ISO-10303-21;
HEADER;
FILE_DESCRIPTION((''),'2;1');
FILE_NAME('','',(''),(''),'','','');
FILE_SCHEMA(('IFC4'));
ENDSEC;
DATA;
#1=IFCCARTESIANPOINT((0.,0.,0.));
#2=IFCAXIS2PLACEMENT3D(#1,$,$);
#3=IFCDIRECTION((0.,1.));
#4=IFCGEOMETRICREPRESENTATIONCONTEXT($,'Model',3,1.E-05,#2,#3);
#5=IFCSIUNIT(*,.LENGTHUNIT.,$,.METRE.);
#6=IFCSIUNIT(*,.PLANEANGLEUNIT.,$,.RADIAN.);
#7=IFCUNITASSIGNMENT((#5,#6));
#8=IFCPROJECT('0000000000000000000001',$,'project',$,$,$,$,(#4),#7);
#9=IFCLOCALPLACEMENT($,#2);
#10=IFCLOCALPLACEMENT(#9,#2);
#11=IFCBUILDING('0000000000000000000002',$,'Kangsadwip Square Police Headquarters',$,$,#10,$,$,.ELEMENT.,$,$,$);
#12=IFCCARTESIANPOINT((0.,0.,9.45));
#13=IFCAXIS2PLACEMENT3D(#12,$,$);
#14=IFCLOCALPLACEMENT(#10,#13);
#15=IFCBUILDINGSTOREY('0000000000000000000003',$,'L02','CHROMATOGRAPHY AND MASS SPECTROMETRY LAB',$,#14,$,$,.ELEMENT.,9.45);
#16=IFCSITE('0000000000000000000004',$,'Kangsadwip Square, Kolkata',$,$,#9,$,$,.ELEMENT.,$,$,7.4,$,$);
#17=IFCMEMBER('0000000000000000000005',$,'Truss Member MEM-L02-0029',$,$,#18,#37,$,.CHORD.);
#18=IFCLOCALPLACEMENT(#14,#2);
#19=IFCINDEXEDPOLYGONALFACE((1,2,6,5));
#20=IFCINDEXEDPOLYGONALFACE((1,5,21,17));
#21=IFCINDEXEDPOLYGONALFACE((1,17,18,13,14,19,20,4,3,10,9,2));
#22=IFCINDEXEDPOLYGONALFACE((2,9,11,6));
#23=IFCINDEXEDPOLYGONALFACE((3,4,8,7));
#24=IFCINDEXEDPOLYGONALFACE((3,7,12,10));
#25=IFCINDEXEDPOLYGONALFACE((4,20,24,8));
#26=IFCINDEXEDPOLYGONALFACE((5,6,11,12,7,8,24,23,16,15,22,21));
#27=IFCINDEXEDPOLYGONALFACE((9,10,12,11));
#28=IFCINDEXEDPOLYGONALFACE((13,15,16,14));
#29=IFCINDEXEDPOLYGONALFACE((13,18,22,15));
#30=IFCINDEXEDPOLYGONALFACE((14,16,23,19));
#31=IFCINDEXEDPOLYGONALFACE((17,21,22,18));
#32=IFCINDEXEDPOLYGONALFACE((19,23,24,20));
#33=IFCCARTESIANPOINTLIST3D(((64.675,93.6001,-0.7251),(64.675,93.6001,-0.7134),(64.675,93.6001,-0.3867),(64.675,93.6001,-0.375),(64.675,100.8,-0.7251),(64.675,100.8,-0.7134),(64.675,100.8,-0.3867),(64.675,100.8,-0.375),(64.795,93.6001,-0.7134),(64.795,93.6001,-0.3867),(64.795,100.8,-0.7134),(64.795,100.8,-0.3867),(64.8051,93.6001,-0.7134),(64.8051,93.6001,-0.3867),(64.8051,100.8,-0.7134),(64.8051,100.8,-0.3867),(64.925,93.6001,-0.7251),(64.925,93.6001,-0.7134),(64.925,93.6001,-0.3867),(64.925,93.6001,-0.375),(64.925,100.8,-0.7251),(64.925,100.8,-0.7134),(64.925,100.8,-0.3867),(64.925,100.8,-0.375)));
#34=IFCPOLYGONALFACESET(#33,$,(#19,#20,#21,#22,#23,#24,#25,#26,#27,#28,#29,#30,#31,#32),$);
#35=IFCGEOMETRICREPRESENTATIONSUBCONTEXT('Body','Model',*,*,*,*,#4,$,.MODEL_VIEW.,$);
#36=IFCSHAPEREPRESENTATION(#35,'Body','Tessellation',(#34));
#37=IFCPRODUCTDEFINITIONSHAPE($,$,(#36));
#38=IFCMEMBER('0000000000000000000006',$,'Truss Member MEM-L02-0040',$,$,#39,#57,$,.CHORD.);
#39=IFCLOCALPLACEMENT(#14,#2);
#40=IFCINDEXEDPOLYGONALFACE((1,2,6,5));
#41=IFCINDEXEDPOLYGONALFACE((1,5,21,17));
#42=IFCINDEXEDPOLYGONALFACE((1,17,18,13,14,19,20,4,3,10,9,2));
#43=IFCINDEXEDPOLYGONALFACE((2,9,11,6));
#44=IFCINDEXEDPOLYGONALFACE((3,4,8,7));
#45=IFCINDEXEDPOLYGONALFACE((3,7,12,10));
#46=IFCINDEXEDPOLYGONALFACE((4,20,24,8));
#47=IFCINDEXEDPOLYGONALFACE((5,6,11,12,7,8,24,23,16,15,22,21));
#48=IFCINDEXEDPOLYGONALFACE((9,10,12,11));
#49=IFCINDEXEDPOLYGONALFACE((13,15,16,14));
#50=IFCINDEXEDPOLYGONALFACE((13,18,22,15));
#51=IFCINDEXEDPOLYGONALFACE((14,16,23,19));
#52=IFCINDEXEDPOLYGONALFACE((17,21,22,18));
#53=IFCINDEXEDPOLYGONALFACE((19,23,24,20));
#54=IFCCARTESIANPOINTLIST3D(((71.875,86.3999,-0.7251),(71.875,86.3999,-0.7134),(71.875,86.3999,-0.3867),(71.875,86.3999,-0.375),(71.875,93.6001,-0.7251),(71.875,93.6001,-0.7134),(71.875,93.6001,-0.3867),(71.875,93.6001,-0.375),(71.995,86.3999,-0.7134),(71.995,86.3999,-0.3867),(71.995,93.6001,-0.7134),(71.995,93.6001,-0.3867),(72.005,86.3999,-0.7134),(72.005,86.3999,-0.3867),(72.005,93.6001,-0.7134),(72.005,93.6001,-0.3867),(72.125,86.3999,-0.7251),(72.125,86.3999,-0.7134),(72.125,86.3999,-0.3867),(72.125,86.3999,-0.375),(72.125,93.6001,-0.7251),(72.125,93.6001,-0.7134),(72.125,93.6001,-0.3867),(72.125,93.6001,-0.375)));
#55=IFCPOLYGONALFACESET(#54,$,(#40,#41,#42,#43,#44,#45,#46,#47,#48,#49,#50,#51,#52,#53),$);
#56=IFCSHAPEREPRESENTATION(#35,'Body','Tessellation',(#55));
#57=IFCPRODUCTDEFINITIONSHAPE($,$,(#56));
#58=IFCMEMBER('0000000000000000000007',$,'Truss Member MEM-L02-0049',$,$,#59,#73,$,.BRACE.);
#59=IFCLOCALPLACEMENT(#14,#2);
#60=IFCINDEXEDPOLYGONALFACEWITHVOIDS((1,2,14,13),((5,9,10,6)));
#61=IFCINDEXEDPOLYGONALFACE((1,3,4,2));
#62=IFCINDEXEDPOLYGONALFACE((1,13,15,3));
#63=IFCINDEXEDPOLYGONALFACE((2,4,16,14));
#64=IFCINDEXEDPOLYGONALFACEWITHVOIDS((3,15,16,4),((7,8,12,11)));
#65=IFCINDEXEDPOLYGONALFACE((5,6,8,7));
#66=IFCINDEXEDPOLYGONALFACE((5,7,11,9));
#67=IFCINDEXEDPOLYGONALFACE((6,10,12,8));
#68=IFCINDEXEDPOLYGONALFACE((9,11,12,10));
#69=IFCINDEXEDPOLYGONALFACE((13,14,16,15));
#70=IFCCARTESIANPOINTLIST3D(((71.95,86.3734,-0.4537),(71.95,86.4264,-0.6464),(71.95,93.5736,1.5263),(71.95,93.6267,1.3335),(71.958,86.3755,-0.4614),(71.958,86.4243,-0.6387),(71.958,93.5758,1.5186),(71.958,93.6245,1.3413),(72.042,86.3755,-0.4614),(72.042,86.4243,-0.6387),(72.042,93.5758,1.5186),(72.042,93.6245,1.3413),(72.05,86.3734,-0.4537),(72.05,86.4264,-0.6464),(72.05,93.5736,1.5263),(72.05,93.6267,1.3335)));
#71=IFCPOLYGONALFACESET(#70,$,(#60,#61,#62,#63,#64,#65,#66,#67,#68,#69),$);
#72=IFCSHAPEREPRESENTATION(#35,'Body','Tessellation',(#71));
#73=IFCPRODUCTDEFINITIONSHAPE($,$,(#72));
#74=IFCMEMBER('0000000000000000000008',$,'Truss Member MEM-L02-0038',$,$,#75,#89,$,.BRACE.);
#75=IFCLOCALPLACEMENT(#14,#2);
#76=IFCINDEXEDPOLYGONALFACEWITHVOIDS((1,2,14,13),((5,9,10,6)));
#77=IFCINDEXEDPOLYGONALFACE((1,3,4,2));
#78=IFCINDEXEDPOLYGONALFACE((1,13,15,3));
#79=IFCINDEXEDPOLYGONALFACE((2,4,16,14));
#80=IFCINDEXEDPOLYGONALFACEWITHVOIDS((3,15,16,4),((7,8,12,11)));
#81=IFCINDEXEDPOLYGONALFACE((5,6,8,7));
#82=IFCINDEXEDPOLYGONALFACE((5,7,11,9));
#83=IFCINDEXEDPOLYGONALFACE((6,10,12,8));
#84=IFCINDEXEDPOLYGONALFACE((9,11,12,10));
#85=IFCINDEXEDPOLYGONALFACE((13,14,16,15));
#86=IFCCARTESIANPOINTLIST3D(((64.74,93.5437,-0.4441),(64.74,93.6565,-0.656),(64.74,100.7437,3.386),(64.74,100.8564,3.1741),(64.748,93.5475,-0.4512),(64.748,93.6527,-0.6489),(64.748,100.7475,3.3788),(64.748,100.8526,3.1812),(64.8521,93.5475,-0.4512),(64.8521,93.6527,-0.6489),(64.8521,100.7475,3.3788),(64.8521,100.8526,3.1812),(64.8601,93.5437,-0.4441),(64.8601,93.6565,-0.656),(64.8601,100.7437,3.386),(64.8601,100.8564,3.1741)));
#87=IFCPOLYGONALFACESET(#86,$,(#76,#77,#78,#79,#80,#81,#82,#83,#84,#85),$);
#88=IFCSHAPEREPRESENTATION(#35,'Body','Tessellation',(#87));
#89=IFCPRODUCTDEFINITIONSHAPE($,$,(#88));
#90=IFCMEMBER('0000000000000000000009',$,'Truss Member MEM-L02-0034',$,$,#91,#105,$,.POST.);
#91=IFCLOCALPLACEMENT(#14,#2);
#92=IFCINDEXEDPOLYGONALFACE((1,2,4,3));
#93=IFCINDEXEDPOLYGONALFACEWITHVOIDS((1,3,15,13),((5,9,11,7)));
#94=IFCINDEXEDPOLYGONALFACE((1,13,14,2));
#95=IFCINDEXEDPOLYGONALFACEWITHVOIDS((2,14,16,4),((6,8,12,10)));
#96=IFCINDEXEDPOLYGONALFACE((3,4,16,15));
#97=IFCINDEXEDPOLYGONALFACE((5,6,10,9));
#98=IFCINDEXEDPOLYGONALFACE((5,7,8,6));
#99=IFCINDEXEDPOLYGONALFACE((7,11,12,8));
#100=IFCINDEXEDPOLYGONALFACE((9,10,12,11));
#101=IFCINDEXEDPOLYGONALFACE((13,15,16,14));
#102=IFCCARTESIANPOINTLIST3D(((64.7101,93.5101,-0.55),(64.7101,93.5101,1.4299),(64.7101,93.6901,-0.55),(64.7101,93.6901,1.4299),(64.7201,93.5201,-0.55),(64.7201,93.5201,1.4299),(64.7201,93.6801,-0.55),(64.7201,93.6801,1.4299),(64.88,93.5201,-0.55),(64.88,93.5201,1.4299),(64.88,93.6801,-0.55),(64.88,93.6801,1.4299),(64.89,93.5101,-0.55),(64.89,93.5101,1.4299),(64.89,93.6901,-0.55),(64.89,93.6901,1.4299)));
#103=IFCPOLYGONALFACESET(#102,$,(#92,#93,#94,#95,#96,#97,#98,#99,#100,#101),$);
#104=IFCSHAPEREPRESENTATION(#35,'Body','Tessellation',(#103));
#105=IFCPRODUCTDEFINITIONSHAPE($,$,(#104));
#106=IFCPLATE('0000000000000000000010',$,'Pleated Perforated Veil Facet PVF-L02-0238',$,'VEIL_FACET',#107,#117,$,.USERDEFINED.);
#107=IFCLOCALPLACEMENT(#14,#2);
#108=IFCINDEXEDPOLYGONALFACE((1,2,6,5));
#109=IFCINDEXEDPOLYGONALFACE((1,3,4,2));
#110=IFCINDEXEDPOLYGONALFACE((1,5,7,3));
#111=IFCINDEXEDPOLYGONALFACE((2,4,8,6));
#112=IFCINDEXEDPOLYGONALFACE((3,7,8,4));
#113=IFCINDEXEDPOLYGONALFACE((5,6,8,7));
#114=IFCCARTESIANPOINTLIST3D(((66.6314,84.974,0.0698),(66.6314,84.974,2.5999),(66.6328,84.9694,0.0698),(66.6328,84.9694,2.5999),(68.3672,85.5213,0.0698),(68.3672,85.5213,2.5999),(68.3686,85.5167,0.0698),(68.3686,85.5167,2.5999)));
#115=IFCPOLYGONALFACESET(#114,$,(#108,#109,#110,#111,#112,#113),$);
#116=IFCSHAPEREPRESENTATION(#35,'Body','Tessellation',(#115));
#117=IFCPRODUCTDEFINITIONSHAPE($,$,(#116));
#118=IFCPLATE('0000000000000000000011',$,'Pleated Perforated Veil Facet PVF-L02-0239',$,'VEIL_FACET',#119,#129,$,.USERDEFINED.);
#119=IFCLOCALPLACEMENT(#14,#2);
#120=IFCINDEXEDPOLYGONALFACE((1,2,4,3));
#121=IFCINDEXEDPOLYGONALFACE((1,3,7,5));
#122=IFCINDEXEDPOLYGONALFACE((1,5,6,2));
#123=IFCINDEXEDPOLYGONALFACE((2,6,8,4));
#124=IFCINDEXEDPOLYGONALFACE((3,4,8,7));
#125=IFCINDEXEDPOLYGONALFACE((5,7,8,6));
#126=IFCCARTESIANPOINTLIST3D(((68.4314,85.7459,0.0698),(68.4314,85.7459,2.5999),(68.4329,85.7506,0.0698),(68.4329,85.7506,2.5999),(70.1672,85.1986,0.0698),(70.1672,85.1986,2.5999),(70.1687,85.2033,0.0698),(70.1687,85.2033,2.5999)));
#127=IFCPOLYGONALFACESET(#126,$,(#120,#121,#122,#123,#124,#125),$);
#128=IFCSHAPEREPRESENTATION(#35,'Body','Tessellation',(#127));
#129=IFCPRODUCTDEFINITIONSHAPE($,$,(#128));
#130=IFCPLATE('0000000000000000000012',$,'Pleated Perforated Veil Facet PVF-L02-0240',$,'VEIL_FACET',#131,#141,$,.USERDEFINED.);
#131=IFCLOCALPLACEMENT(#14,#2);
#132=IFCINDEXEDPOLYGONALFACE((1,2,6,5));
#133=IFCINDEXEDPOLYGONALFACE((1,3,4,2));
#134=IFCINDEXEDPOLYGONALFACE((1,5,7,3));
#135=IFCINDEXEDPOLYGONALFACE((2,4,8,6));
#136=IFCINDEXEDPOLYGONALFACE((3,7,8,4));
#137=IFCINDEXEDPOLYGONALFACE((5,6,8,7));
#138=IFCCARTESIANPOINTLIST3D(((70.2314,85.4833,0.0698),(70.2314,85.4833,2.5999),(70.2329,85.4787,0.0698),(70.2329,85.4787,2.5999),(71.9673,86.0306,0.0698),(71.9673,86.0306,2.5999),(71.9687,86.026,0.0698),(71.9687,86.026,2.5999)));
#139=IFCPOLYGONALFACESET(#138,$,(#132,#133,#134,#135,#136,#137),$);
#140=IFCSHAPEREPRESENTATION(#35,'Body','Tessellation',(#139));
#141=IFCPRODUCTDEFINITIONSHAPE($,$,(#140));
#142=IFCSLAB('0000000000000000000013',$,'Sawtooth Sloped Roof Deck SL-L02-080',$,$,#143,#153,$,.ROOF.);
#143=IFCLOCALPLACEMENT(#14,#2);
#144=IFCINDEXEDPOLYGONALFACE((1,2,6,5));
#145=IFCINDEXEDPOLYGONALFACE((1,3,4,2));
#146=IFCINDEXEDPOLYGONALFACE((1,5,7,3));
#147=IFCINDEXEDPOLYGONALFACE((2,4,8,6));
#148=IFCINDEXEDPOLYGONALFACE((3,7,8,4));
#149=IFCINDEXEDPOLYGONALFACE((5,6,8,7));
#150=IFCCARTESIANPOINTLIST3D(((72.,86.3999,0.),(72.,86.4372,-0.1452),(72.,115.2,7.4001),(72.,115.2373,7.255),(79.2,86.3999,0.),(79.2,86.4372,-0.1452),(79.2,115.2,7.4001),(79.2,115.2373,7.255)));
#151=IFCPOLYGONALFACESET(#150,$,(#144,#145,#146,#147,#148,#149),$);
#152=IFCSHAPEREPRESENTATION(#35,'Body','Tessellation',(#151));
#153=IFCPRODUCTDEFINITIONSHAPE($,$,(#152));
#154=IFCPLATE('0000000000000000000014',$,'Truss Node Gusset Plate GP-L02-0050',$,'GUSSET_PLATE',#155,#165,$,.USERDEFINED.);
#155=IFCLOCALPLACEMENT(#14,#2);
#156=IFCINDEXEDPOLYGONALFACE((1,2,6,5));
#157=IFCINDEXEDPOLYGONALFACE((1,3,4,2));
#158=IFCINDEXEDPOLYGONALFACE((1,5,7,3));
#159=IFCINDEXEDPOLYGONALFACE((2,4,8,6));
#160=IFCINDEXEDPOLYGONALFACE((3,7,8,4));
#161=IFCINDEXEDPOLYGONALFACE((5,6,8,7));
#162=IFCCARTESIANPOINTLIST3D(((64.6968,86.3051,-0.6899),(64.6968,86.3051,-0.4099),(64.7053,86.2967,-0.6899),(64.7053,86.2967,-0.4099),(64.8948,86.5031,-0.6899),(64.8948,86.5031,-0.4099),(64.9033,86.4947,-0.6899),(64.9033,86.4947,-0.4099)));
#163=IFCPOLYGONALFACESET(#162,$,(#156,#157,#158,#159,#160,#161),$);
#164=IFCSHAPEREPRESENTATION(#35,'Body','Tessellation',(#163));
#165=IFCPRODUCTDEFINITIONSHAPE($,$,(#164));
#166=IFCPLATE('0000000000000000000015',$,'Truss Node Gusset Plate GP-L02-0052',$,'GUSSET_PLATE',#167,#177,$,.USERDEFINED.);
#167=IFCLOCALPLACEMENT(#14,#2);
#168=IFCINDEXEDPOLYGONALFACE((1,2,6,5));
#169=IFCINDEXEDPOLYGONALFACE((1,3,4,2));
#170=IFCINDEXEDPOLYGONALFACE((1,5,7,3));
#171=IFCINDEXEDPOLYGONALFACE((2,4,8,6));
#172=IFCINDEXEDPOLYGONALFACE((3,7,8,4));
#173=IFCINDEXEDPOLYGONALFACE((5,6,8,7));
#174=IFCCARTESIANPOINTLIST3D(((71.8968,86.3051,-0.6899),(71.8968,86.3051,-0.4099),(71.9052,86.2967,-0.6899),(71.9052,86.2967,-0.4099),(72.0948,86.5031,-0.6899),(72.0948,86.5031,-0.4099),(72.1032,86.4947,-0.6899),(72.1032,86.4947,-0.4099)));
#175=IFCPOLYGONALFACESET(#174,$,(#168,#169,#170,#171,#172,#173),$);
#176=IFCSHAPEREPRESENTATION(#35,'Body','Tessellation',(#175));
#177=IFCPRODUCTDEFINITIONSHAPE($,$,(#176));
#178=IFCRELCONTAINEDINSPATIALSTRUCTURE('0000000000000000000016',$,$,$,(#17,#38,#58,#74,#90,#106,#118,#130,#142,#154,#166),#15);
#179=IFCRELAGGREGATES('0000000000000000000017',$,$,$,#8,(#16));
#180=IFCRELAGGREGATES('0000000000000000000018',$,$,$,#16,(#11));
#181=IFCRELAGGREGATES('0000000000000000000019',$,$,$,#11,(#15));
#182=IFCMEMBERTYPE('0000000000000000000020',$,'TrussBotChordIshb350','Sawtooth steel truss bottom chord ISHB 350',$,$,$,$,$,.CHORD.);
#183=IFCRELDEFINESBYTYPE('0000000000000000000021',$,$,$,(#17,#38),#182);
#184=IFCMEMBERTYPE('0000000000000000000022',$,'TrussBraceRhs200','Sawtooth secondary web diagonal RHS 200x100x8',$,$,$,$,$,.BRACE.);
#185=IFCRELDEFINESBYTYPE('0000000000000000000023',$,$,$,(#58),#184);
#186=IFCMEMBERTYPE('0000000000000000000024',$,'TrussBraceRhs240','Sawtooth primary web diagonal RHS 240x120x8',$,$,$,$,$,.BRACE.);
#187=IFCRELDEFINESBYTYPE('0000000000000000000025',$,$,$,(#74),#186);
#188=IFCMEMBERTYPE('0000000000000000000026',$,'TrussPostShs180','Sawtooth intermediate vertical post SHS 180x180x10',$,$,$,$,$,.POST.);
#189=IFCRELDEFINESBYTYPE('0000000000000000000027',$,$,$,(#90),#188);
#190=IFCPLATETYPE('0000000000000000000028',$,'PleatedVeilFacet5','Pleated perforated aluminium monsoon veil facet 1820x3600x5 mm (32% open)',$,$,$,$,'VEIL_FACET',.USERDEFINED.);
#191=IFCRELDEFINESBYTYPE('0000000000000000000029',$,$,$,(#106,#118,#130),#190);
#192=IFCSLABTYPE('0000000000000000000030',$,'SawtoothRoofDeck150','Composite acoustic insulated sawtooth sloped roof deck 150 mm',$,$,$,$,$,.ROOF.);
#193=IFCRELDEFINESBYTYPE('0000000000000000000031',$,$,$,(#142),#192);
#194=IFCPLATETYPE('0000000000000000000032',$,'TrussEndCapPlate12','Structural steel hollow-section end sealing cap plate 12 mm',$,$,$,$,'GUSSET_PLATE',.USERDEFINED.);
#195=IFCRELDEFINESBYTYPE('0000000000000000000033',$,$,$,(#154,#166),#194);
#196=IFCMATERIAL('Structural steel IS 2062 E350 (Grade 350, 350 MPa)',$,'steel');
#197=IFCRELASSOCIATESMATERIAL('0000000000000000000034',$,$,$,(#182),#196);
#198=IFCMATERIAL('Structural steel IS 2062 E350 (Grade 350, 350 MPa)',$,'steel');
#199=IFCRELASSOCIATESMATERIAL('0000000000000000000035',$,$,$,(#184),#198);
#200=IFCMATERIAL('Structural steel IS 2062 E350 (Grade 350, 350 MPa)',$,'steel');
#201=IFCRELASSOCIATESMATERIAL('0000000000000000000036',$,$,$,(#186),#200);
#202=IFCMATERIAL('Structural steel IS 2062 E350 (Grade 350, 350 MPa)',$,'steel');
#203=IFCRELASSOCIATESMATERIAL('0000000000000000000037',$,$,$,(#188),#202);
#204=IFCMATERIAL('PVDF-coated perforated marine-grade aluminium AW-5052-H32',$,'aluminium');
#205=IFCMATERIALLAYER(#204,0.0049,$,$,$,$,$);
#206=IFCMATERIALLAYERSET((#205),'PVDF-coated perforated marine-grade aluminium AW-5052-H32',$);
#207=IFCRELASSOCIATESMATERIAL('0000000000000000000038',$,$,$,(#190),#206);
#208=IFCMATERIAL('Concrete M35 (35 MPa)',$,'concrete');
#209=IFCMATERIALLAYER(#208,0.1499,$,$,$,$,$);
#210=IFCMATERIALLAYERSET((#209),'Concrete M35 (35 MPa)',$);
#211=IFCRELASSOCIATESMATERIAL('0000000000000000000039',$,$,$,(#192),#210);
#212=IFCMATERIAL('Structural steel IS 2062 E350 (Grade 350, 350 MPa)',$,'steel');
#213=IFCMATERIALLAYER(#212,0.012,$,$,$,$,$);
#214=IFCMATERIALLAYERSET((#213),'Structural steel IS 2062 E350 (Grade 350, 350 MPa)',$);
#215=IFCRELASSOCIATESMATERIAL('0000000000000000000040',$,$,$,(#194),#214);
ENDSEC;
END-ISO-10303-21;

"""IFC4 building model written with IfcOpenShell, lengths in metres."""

from ifc_helpers import new_model, si_unit, direction, frame, origin, origin_2d, place, context, subcontext, project, spatial, polyline, rectangle, hollow_rectangle, i_section, outline, extrude, material, layer, layer_set, material_profile, profile_set, type_object, element, save


model = new_model("IFC4")

# Units and contexts
model_context = context("Model", 3, precision=1e-05, world=origin(), true_north=direction((0.0, 1.0)))
body_context = subcontext(model_context, "Body", "Model", "MODEL_VIEW")
ifc_project = project(units=[si_unit("LENGTHUNIT", "METRE"), si_unit("PLANEANGLEUNIT", "RADIAN")], contexts=[model_context])

# Site, building, storey
site_placement = place(None, origin())
site = spatial("IfcSite", under=ifc_project, at=site_placement, Name="Kangsadwip Square, Kolkata", CompositionType="ELEMENT", RefElevation=7.4)
building_placement = place(site_placement, origin())
building = spatial("IfcBuilding", under=site, at=building_placement, Name="Kangsadwip Square Police Headquarters", CompositionType="ELEMENT")
storey_placement = place(building_placement, frame((0.0, 0.0, 9.45)))
storey = spatial("IfcBuildingStorey", under=building, at=storey_placement, Name="L02", Description="CHROMATOGRAPHY AND MASS SPECTROMETRY LAB", CompositionType="ELEMENT", Elevation=9.45)

# Members
ifc_material_1 = material(Name="Structural steel IS 2062 E350 (Grade 350, 350 MPa)", Category="steel")
ifc_material_profile_1 = material_profile(ifc_material_1, i_section(OverallWidth=0.25, OverallDepth=0.3501, WebThickness=0.01, FlangeThickness=0.0117, at=origin_2d()), Name="ISHB 350")
ifc_profile_set_1 = profile_set([ifc_material_profile_1], Name="Structural steel IS 2062 E350 (Grade 350, 350 MPa)")
member_type_1 = type_object("IfcMemberType", Name="TrussBotChordIshb350", Description="Sawtooth steel truss bottom chord ISHB 350", PredefinedType="CHORD", material=ifc_profile_set_1)
member_1_placement = place(storey_placement, frame((64.8, 93.6001, -0.55), z_axis=(0.0, 1.0, 0.0), x_axis=(-1.0, 0.0, 0.0)))
element("IfcMember", 1, at=member_1_placement, inside=storey, type_object=member_type_1, Name="Truss Member MEM-L02-0029", PredefinedType="CHORD", context=body_context, shape_type="SweptSolid", body=[
    extrude(i_section(OverallWidth=0.25, OverallDepth=0.3501, WebThickness=0.01, FlangeThickness=0.0117, at=origin_2d()), origin(), (0.0, 0.0, 1.0), 7.2),
])
member_2_placement = place(storey_placement, frame((72.0, 86.3999, -0.55), z_axis=(0.0, 1.0, 0.0), x_axis=(-1.0, 0.0, 0.0)))
element("IfcMember", 2, at=member_2_placement, inside=storey, type_object=member_type_1, Name="Truss Member MEM-L02-0040", PredefinedType="CHORD", context=body_context, shape_type="SweptSolid", body=[
    extrude(i_section(OverallWidth=0.25, OverallDepth=0.3501, WebThickness=0.01, FlangeThickness=0.0117, at=origin_2d()), origin(), (0.0, 0.0, 1.0), 7.2002),
])
ifc_material_2 = material(Name="Structural steel IS 2062 E350 (Grade 350, 350 MPa)", Category="steel")
ifc_material_profile_2 = material_profile(ifc_material_2, hollow_rectangle(XDim=0.1001, YDim=0.2, WallThickness=0.0081, at=origin_2d()), Name="RHS 200X100X8")
ifc_profile_set_2 = profile_set([ifc_material_profile_2], Name="Structural steel IS 2062 E350 (Grade 350, 350 MPa)")
member_type_2 = type_object("IfcMemberType", Name="TrussBraceRhs200", Description="Sawtooth secondary web diagonal RHS 200x100x8", PredefinedType="BRACE", material=ifc_profile_set_2)
member_3_placement = place(storey_placement, frame((72.0, 86.3999, -0.55), z_axis=(0.0, 0.964208, 0.265147), x_axis=(-1.0, 0.0, 0.0)))
element("IfcMember", 3, at=member_3_placement, inside=storey, type_object=member_type_2, Name="Truss Member MEM-L02-0049", PredefinedType="BRACE", context=body_context, shape_type="SweptSolid", body=[
    extrude(hollow_rectangle(XDim=0.1001, YDim=0.2, WallThickness=0.0081, at=origin_2d()), origin(), (0.0, 0.0, 1.0), 7.4675),
])
ifc_material_3 = material(Name="Structural steel IS 2062 E350 (Grade 350, 350 MPa)", Category="steel")
ifc_material_profile_3 = material_profile(ifc_material_3, hollow_rectangle(XDim=0.1201, YDim=0.24, WallThickness=0.0081, at=origin_2d()), Name="RHS 240X120X8")
ifc_profile_set_3 = profile_set([ifc_material_profile_3], Name="Structural steel IS 2062 E350 (Grade 350, 350 MPa)")
member_type_3 = type_object("IfcMemberType", Name="TrussBraceRhs240", Description="Sawtooth primary web diagonal RHS 240x120x8", PredefinedType="BRACE", material=ifc_profile_set_3)
member_4_placement = place(storey_placement, frame((64.8, 93.6001, -0.55), z_axis=(0.0, 0.882856, 0.469643), x_axis=(-1.0, 0.0, 0.0)))
element("IfcMember", 4, at=member_4_placement, inside=storey, type_object=member_type_3, Name="Truss Member MEM-L02-0038", PredefinedType="BRACE", context=body_context, shape_type="SweptSolid", body=[
    extrude(hollow_rectangle(XDim=0.1201, YDim=0.24, WallThickness=0.0081, at=origin_2d()), origin(), (0.0, 0.0, 1.0), 8.1553),
])
ifc_material_4 = material(Name="Structural steel IS 2062 E350 (Grade 350, 350 MPa)", Category="steel")
ifc_material_profile_4 = material_profile(ifc_material_4, hollow_rectangle(XDim=0.1799, YDim=0.1799, WallThickness=0.01, at=origin_2d()), Name="SHS 180X180X10")
ifc_profile_set_4 = profile_set([ifc_material_profile_4], Name="Structural steel IS 2062 E350 (Grade 350, 350 MPa)")
member_type_4 = type_object("IfcMemberType", Name="TrussPostShs180", Description="Sawtooth intermediate vertical post SHS 180x180x10", PredefinedType="POST", material=ifc_profile_set_4)
member_5_placement = place(storey_placement, frame((64.8, 93.6001, -0.55), z_axis=(0.0, 0.0, 1.0), x_axis=(1.0, 0.0, 0.0)))
element("IfcMember", 5, at=member_5_placement, inside=storey, type_object=member_type_4, Name="Truss Member MEM-L02-0034", PredefinedType="POST", context=body_context, shape_type="SweptSolid", body=[
    extrude(hollow_rectangle(XDim=0.1799, YDim=0.1799, WallThickness=0.01, at=origin_2d()), origin(), (0.0, 0.0, 1.0), 1.98),
])

# Plates
ifc_material_5 = material(Name="PVDF-coated perforated marine-grade aluminium AW-5052-H32", Category="aluminium")
ifc_layer_1 = layer(ifc_material_5, 0.0049)
ifc_layer_set_1 = layer_set([ifc_layer_1], Name="PVDF-coated perforated marine-grade aluminium AW-5052-H32")
plate_type_1 = type_object("IfcPlateType", Name="PleatedVeilFacet5", Description="Pleated perforated aluminium monsoon veil facet 1820x3600x5 mm (32% open)", ElementType="VEIL_FACET", PredefinedType="USERDEFINED", material=ifc_layer_set_1)
for number, where, z_axis, x_axis, name in (
    (6, (67.5, 85.2454, 0.0698), (0.0, 0.0, 1.0), (0.953717, 0.300706, 0.0), "Pleated Perforated Veil Facet PVF-L02-0238"),
    (7, (69.3, 85.4746, 0.0698), (0.0, 0.0, 1.0), (0.953717, -0.300706, 0.0), "Pleated Perforated Veil Facet PVF-L02-0239"),
    (8, (71.1001, 85.7546, 0.0698), (0.0, 0.0, 1.0), (0.953717, 0.300706, 0.0), "Pleated Perforated Veil Facet PVF-L02-0240"),
):
    element("IfcPlate", number, at=place(storey_placement, frame(where, z_axis=z_axis, x_axis=x_axis)), inside=storey, type_object=plate_type_1, Name=name, ObjectType="VEIL_FACET", PredefinedType="USERDEFINED", context=body_context, shape_type="SweptSolid", body=[
        extrude(rectangle(XDim=1.8201, YDim=0.0049, at=origin_2d()), origin(), (0.0, 0.0, 1.0), 2.53),
    ])

# Slab
ifc_material_6 = material(Name="Concrete M35 (35 MPa)", Category="concrete")
ifc_layer_2 = layer(ifc_material_6, 0.1499)
ifc_layer_set_2 = layer_set([ifc_layer_2], Name="Concrete M35 (35 MPa)")
slab_type = type_object("IfcSlabType", Name="SawtoothRoofDeck150", Description="Composite acoustic insulated sawtooth sloped roof deck 150 mm", PredefinedType="ROOF", material=ifc_layer_set_2)
slab_placement = place(storey_placement, frame((72.0, 86.3999, 0.0), z_axis=(0.0, -0.248865, 0.968538), x_axis=(1.0, 0.0, 0.0)))
element("IfcSlab", 9, at=slab_placement, inside=storey, type_object=slab_type, Name="Sawtooth Sloped Roof Deck SL-L02-080", PredefinedType="ROOF", context=body_context, shape_type="SweptSolid", body=[
    extrude(outline(polyline([(0.0, 0.0), (7.2, 0.0), (7.2, 29.7356), (0.0, 29.7356), (0.0, 0.0)])), origin(), (0.0, 0.0, -1.0), 0.1499),
])

# Plates
ifc_material_7 = material(Name="Structural steel IS 2062 E350 (Grade 350, 350 MPa)", Category="steel")
ifc_layer_3 = layer(ifc_material_7, 0.012)
ifc_layer_set_3 = layer_set([ifc_layer_3], Name="Structural steel IS 2062 E350 (Grade 350, 350 MPa)")
plate_type_2 = type_object("IfcPlateType", Name="TrussEndCapPlate12", Description="Structural steel hollow-section end sealing cap plate 12 mm", ElementType="GUSSET_PLATE", PredefinedType="USERDEFINED", material=ifc_layer_set_3)
for number, where, z_axis, x_axis, name in (
    (10, (64.8, 86.3999, -0.6899), (0.0, 0.0, 1.0), (0.707107, 0.707107, 0.0), "Truss Node Gusset Plate GP-L02-0050"),
    (11, (72.0, 86.3999, -0.6899), (0.0, 0.0, 1.0), (0.707107, 0.707107, 0.0), "Truss Node Gusset Plate GP-L02-0052"),
):
    element("IfcPlate", number, at=place(storey_placement, frame(where, z_axis=z_axis, x_axis=x_axis)), inside=storey, type_object=plate_type_2, Name=name, ObjectType="GUSSET_PLATE", PredefinedType="USERDEFINED", context=body_context, shape_type="SweptSolid", body=[
        extrude(rectangle(XDim=0.28, YDim=0.012, at=origin_2d()), origin(), (0.0, 0.0, 1.0), 0.28),
    ])

save(model, "model.ifc")
